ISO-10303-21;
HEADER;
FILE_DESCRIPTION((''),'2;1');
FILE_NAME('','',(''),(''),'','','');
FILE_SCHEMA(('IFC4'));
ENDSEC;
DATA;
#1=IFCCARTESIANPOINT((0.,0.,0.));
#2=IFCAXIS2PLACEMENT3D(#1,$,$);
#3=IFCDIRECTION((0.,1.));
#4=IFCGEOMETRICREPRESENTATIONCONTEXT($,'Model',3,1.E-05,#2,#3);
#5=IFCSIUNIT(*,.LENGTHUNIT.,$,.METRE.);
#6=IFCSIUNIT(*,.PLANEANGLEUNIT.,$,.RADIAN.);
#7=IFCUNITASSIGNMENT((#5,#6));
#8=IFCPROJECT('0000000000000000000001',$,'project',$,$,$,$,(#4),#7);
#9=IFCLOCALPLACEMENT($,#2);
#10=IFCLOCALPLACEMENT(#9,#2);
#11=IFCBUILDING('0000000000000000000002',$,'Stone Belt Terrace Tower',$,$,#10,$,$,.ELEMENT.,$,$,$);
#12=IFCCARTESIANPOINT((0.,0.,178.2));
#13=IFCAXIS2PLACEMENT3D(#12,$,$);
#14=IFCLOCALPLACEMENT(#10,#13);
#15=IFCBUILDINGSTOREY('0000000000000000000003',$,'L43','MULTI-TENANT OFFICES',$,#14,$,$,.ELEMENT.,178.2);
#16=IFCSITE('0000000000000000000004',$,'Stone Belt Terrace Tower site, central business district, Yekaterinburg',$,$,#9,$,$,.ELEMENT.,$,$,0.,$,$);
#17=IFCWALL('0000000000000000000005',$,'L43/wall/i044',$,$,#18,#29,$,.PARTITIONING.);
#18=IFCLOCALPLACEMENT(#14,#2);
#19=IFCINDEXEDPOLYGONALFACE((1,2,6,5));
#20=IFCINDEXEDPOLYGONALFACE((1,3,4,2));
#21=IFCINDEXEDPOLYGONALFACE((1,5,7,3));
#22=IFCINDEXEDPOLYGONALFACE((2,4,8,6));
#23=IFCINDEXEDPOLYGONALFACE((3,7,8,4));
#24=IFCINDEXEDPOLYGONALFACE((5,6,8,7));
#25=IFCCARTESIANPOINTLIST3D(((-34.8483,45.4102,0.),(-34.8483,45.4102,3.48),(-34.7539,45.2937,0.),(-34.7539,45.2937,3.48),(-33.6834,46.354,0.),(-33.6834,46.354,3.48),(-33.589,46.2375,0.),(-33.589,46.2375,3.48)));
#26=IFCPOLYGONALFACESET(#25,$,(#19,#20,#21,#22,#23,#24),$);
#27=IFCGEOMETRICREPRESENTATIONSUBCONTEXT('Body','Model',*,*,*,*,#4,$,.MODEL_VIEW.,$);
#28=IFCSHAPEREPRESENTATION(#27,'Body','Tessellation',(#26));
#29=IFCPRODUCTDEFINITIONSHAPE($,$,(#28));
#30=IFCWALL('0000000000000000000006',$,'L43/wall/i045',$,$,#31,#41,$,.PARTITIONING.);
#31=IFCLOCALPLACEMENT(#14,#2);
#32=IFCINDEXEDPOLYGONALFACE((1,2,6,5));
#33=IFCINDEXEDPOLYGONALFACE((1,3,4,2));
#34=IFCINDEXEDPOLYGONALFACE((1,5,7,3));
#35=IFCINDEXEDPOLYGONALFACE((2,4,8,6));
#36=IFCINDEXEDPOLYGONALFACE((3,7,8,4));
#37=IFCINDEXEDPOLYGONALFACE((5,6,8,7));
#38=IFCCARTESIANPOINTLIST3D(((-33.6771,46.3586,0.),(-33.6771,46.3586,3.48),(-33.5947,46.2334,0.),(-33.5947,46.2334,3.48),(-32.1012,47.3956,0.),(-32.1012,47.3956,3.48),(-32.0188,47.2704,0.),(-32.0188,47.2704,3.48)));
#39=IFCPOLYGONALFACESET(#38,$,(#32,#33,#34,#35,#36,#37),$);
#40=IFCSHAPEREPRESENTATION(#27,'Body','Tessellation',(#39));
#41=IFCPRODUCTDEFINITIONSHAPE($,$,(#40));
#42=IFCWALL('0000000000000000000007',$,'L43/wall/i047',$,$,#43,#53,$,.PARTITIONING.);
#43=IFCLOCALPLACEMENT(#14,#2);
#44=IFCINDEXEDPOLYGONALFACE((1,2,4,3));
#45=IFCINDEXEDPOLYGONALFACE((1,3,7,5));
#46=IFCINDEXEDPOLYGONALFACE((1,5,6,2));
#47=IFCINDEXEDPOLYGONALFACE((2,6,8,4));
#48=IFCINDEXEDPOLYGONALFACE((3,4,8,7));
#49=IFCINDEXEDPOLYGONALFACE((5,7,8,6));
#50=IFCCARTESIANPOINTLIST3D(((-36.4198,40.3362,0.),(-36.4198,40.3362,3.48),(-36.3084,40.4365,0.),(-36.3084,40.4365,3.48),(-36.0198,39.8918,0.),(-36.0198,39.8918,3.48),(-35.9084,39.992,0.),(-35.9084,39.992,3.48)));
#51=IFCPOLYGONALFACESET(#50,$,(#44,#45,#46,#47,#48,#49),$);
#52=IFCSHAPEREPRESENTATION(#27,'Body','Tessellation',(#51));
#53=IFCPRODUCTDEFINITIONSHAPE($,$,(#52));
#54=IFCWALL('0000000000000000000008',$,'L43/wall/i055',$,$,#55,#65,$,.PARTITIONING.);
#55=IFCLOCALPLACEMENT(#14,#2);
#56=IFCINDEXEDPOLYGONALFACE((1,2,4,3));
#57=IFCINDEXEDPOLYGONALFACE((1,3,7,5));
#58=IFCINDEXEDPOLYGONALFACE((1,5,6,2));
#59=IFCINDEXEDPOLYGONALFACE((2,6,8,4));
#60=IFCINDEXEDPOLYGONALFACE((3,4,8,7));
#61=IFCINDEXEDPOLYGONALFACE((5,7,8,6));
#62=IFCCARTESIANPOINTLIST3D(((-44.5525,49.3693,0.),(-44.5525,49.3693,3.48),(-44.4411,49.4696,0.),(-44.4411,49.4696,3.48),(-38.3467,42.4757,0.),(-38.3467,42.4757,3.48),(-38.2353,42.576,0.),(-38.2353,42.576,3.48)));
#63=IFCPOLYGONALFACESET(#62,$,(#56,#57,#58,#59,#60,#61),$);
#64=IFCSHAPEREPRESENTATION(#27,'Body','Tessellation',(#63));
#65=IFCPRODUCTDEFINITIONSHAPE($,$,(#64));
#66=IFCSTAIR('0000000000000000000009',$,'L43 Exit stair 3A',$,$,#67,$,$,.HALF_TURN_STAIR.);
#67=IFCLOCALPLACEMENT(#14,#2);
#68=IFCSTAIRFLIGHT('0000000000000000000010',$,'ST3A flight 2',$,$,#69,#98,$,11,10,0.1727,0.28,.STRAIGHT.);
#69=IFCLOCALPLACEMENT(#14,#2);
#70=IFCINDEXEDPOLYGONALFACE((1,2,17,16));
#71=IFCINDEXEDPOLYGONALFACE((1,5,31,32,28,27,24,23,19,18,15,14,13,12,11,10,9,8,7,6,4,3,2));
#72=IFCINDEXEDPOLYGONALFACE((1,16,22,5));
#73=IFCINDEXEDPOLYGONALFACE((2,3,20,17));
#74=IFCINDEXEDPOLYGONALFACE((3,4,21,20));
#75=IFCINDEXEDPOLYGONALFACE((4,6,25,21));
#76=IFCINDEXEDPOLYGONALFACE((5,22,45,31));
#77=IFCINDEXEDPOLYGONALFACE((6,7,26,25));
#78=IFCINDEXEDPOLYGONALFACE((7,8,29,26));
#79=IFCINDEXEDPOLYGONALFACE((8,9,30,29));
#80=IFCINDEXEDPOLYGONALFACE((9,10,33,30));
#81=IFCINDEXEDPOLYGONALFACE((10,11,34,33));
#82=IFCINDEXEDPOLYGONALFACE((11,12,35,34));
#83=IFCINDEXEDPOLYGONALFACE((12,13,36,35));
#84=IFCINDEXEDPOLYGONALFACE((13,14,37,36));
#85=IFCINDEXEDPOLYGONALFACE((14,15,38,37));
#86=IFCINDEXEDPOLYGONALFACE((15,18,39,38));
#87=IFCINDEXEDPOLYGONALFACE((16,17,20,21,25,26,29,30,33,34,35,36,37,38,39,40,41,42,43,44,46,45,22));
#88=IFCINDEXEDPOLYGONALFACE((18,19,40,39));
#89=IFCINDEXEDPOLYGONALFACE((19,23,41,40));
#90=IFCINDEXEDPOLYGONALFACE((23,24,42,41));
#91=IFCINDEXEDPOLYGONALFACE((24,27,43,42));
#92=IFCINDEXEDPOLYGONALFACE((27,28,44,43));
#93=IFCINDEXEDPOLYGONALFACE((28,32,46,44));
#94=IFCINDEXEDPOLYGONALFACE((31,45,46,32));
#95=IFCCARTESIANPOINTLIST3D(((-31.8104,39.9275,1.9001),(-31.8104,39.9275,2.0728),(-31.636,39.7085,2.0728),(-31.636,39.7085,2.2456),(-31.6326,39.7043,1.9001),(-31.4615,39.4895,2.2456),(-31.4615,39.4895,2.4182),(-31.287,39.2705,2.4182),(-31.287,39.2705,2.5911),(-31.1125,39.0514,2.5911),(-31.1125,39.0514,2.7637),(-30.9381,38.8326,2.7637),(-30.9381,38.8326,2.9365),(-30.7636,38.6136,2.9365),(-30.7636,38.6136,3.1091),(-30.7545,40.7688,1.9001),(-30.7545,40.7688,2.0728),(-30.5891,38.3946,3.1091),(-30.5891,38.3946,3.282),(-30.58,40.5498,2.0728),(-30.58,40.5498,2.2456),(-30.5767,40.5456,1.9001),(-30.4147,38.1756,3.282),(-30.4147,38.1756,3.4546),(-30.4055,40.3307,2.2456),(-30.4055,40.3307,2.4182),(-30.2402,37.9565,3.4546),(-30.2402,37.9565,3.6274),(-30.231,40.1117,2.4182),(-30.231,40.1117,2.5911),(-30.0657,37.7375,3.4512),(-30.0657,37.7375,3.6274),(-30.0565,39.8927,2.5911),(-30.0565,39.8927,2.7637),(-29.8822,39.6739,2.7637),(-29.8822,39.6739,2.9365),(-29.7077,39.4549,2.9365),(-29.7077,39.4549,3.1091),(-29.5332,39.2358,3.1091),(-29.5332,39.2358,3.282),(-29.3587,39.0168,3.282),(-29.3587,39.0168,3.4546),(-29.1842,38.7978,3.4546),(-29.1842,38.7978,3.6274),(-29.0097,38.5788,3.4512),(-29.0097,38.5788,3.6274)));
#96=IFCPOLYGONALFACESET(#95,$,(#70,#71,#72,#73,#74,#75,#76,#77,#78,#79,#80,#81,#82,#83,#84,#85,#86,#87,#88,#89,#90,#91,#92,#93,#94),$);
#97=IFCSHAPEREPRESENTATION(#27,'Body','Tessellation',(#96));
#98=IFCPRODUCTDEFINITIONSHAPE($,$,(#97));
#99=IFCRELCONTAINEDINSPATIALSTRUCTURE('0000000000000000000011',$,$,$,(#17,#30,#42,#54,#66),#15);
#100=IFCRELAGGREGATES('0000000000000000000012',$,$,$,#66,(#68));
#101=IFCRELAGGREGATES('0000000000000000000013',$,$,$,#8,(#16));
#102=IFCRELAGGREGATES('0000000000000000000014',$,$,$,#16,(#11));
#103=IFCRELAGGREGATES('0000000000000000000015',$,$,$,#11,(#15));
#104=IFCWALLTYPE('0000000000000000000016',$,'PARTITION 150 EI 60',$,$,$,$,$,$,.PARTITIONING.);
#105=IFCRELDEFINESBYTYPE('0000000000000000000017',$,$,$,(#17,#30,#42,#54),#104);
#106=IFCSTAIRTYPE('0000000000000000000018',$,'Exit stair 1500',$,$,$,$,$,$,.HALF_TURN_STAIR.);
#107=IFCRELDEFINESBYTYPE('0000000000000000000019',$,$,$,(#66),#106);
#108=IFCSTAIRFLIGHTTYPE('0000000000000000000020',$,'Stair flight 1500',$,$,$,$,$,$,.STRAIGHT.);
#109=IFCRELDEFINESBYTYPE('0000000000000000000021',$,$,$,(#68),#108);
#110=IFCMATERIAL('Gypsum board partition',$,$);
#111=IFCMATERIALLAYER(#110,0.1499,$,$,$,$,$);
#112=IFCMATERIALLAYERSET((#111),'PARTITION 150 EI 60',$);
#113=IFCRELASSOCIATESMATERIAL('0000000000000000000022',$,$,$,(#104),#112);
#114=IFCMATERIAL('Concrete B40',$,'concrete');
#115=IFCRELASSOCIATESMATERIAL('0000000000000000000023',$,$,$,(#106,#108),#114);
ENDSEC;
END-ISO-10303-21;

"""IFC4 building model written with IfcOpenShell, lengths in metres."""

from ifc_helpers import new_model, si_unit, direction, frame, frame_2d, origin, place, context, subcontext, project, spatial, polyline, rectangle, outline, extrude, material, layer, layer_set, type_object, element, aggregate, save


model = new_model("IFC4")

# Units and contexts
model_context = context("Model", 3, precision=1e-05, world=origin(), true_north=direction((0.0, 1.0)))
body_context = subcontext(model_context, "Body", "Model", "MODEL_VIEW")
ifc_project = project(units=[si_unit("LENGTHUNIT", "METRE"), si_unit("PLANEANGLEUNIT", "RADIAN")], contexts=[model_context])

# Site, building, storey
site_placement = place(None, origin())
site = spatial("IfcSite", under=ifc_project, at=site_placement, Name="Stone Belt Terrace Tower site, central business district, Yekaterinburg", CompositionType="ELEMENT", RefElevation=0.0)
building_placement = place(site_placement, origin())
building = spatial("IfcBuilding", under=site, at=building_placement, Name="Stone Belt Terrace Tower", CompositionType="ELEMENT")
storey_placement = place(building_placement, frame((0.0, 0.0, 178.2)))
storey = spatial("IfcBuildingStorey", under=building, at=storey_placement, Name="L43", Description="MULTI-TENANT OFFICES", CompositionType="ELEMENT", Elevation=178.2)

# Shared definitions
ifc_material_1 = material(Name="Gypsum board partition")

# Shared definitions
ifc_layer_1 = layer(ifc_material_1, 0.1499)
ifc_layer_set_1 = layer_set([ifc_layer_1], Name="PARTITION 150 EI 60")
wall_type_1 = type_object("IfcWallType", Name="PARTITION 150 EI 60", PredefinedType="PARTITIONING", material=ifc_layer_set_1)

# Walls
wall_1_placement = place(storey_placement, frame((-34.801, 45.3521, 0.0), z_axis=(0.0, 0.0, 1.0), x_axis=(0.77701, 0.629489, 0.0)))
element("IfcWall", 1, at=wall_1_placement, inside=storey, type_object=wall_type_1, Name="L43/wall/i044", PredefinedType="PARTITIONING", context=body_context, shape_type="SweptSolid", body=[
    extrude(rectangle(XDim=1.4993, YDim=0.1499, at=frame_2d((0.7495, 0.0))), origin(), (0.0, 0.0, 1.0), 3.48),
])
wall_2_placement = place(storey_placement, frame((-33.636, 46.2959, 0.0), z_axis=(0.0, 0.0, 1.0), x_axis=(0.83534, 0.549733, 0.0)))
element("IfcWall", 2, at=wall_2_placement, inside=storey, type_object=wall_type_1, Name="L43/wall/i045", PredefinedType="PARTITIONING", context=body_context, shape_type="SweptSolid", body=[
    extrude(rectangle(XDim=1.8865, YDim=0.1499, at=frame_2d((0.9434, 0.0))), origin(), (0.0, 0.0, 1.0), 3.48),
])
wall_3_placement = place(storey_placement, frame((-36.364, 40.3862, 0.0), z_axis=(0.0, 0.0, 1.0), x_axis=(0.668965, -0.743294, 0.0)))
element("IfcWall", 3, at=wall_3_placement, inside=storey, type_object=wall_type_1, Name="L43/wall/i047", PredefinedType="PARTITIONING", context=body_context, shape_type="SweptSolid", body=[
    extrude(rectangle(XDim=0.5979, YDim=0.1499, at=frame_2d((0.2988, 0.0))), origin(), (0.0, 0.0, 1.0), 3.48),
])
wall_4_placement = place(storey_placement, frame((-38.291, 42.5259, 0.0), z_axis=(0.0, 0.0, 1.0), x_axis=(-0.669061, 0.743208, 0.0)))
element("IfcWall", 4, at=wall_4_placement, inside=storey, type_object=wall_type_1, Name="L43/wall/i055", PredefinedType="PARTITIONING", context=body_context, shape_type="SweptSolid", body=[
    extrude(rectangle(XDim=9.2754, YDim=0.1499, at=frame_2d((4.6377, 0.0))), origin(), (0.0, 0.0, 1.0), 3.48),
])

# Stair, stair flight
ifc_material_2 = material(Name="Concrete B40", Category="concrete")
stair_type = type_object("IfcStairType", Name="Exit stair 1500", PredefinedType="HALF_TURN_STAIR", material=ifc_material_2)
stair_placement = place(storey_placement, origin())
stair = element("IfcStair", 5, at=stair_placement, inside=storey, type_object=stair_type, Name="L43 Exit stair 3A", PredefinedType="HALF_TURN_STAIR")
stair_flight_type = type_object("IfcStairFlightType", Name="Stair flight 1500", PredefinedType="STRAIGHT", material=ifc_material_2)
stair_flight_placement = place(storey_placement, frame((-31.2825, 40.3481, 1.9001), z_axis=(0.0, 0.0, 1.0), x_axis=(0.623121, -0.782125, 0.0)))
stair_flight = element("IfcStairFlight", 6, at=stair_flight_placement, type_object=stair_flight_type, Name="ST3A flight 2", NumberOfRisers=11, NumberOfTreads=10, PredefinedType="STRAIGHT", RiserHeight=0.1727, TreadLength=0.28, context=body_context, shape_type="SweptSolid", body=[
    extrude(outline(polyline([(0.0, 0.0), (0.0, 0.1726), (0.28, 0.1726), (0.28, 0.3455), (0.5601, 0.3455), (0.5601, 0.5181), (0.8401, 0.5181), (0.8401, 0.6909), (1.1201, 0.6909), (1.1201, 0.8635), (1.3999, 0.8635), (1.3999, 1.0364), (1.6799, 1.0364), (1.6799, 1.209), (1.96, 1.209), (1.96, 1.3818), (2.24, 1.3818), (2.24, 1.5544), (2.52, 1.5544), (2.52, 1.7273), (2.8, 1.7273), (2.8, 1.8999), (2.8, 1.551), (0.2854, 0.0), (0.0, 0.0)])), frame((0.0, 0.675, 0.0), z_axis=(0.0, -1.0, 0.0), x_axis=(1.0, 0.0, 0.0)), (0.0, 0.0, 1.0), 1.3501),
])
aggregate(stair, [stair_flight])

save(model, "model.ifc")
